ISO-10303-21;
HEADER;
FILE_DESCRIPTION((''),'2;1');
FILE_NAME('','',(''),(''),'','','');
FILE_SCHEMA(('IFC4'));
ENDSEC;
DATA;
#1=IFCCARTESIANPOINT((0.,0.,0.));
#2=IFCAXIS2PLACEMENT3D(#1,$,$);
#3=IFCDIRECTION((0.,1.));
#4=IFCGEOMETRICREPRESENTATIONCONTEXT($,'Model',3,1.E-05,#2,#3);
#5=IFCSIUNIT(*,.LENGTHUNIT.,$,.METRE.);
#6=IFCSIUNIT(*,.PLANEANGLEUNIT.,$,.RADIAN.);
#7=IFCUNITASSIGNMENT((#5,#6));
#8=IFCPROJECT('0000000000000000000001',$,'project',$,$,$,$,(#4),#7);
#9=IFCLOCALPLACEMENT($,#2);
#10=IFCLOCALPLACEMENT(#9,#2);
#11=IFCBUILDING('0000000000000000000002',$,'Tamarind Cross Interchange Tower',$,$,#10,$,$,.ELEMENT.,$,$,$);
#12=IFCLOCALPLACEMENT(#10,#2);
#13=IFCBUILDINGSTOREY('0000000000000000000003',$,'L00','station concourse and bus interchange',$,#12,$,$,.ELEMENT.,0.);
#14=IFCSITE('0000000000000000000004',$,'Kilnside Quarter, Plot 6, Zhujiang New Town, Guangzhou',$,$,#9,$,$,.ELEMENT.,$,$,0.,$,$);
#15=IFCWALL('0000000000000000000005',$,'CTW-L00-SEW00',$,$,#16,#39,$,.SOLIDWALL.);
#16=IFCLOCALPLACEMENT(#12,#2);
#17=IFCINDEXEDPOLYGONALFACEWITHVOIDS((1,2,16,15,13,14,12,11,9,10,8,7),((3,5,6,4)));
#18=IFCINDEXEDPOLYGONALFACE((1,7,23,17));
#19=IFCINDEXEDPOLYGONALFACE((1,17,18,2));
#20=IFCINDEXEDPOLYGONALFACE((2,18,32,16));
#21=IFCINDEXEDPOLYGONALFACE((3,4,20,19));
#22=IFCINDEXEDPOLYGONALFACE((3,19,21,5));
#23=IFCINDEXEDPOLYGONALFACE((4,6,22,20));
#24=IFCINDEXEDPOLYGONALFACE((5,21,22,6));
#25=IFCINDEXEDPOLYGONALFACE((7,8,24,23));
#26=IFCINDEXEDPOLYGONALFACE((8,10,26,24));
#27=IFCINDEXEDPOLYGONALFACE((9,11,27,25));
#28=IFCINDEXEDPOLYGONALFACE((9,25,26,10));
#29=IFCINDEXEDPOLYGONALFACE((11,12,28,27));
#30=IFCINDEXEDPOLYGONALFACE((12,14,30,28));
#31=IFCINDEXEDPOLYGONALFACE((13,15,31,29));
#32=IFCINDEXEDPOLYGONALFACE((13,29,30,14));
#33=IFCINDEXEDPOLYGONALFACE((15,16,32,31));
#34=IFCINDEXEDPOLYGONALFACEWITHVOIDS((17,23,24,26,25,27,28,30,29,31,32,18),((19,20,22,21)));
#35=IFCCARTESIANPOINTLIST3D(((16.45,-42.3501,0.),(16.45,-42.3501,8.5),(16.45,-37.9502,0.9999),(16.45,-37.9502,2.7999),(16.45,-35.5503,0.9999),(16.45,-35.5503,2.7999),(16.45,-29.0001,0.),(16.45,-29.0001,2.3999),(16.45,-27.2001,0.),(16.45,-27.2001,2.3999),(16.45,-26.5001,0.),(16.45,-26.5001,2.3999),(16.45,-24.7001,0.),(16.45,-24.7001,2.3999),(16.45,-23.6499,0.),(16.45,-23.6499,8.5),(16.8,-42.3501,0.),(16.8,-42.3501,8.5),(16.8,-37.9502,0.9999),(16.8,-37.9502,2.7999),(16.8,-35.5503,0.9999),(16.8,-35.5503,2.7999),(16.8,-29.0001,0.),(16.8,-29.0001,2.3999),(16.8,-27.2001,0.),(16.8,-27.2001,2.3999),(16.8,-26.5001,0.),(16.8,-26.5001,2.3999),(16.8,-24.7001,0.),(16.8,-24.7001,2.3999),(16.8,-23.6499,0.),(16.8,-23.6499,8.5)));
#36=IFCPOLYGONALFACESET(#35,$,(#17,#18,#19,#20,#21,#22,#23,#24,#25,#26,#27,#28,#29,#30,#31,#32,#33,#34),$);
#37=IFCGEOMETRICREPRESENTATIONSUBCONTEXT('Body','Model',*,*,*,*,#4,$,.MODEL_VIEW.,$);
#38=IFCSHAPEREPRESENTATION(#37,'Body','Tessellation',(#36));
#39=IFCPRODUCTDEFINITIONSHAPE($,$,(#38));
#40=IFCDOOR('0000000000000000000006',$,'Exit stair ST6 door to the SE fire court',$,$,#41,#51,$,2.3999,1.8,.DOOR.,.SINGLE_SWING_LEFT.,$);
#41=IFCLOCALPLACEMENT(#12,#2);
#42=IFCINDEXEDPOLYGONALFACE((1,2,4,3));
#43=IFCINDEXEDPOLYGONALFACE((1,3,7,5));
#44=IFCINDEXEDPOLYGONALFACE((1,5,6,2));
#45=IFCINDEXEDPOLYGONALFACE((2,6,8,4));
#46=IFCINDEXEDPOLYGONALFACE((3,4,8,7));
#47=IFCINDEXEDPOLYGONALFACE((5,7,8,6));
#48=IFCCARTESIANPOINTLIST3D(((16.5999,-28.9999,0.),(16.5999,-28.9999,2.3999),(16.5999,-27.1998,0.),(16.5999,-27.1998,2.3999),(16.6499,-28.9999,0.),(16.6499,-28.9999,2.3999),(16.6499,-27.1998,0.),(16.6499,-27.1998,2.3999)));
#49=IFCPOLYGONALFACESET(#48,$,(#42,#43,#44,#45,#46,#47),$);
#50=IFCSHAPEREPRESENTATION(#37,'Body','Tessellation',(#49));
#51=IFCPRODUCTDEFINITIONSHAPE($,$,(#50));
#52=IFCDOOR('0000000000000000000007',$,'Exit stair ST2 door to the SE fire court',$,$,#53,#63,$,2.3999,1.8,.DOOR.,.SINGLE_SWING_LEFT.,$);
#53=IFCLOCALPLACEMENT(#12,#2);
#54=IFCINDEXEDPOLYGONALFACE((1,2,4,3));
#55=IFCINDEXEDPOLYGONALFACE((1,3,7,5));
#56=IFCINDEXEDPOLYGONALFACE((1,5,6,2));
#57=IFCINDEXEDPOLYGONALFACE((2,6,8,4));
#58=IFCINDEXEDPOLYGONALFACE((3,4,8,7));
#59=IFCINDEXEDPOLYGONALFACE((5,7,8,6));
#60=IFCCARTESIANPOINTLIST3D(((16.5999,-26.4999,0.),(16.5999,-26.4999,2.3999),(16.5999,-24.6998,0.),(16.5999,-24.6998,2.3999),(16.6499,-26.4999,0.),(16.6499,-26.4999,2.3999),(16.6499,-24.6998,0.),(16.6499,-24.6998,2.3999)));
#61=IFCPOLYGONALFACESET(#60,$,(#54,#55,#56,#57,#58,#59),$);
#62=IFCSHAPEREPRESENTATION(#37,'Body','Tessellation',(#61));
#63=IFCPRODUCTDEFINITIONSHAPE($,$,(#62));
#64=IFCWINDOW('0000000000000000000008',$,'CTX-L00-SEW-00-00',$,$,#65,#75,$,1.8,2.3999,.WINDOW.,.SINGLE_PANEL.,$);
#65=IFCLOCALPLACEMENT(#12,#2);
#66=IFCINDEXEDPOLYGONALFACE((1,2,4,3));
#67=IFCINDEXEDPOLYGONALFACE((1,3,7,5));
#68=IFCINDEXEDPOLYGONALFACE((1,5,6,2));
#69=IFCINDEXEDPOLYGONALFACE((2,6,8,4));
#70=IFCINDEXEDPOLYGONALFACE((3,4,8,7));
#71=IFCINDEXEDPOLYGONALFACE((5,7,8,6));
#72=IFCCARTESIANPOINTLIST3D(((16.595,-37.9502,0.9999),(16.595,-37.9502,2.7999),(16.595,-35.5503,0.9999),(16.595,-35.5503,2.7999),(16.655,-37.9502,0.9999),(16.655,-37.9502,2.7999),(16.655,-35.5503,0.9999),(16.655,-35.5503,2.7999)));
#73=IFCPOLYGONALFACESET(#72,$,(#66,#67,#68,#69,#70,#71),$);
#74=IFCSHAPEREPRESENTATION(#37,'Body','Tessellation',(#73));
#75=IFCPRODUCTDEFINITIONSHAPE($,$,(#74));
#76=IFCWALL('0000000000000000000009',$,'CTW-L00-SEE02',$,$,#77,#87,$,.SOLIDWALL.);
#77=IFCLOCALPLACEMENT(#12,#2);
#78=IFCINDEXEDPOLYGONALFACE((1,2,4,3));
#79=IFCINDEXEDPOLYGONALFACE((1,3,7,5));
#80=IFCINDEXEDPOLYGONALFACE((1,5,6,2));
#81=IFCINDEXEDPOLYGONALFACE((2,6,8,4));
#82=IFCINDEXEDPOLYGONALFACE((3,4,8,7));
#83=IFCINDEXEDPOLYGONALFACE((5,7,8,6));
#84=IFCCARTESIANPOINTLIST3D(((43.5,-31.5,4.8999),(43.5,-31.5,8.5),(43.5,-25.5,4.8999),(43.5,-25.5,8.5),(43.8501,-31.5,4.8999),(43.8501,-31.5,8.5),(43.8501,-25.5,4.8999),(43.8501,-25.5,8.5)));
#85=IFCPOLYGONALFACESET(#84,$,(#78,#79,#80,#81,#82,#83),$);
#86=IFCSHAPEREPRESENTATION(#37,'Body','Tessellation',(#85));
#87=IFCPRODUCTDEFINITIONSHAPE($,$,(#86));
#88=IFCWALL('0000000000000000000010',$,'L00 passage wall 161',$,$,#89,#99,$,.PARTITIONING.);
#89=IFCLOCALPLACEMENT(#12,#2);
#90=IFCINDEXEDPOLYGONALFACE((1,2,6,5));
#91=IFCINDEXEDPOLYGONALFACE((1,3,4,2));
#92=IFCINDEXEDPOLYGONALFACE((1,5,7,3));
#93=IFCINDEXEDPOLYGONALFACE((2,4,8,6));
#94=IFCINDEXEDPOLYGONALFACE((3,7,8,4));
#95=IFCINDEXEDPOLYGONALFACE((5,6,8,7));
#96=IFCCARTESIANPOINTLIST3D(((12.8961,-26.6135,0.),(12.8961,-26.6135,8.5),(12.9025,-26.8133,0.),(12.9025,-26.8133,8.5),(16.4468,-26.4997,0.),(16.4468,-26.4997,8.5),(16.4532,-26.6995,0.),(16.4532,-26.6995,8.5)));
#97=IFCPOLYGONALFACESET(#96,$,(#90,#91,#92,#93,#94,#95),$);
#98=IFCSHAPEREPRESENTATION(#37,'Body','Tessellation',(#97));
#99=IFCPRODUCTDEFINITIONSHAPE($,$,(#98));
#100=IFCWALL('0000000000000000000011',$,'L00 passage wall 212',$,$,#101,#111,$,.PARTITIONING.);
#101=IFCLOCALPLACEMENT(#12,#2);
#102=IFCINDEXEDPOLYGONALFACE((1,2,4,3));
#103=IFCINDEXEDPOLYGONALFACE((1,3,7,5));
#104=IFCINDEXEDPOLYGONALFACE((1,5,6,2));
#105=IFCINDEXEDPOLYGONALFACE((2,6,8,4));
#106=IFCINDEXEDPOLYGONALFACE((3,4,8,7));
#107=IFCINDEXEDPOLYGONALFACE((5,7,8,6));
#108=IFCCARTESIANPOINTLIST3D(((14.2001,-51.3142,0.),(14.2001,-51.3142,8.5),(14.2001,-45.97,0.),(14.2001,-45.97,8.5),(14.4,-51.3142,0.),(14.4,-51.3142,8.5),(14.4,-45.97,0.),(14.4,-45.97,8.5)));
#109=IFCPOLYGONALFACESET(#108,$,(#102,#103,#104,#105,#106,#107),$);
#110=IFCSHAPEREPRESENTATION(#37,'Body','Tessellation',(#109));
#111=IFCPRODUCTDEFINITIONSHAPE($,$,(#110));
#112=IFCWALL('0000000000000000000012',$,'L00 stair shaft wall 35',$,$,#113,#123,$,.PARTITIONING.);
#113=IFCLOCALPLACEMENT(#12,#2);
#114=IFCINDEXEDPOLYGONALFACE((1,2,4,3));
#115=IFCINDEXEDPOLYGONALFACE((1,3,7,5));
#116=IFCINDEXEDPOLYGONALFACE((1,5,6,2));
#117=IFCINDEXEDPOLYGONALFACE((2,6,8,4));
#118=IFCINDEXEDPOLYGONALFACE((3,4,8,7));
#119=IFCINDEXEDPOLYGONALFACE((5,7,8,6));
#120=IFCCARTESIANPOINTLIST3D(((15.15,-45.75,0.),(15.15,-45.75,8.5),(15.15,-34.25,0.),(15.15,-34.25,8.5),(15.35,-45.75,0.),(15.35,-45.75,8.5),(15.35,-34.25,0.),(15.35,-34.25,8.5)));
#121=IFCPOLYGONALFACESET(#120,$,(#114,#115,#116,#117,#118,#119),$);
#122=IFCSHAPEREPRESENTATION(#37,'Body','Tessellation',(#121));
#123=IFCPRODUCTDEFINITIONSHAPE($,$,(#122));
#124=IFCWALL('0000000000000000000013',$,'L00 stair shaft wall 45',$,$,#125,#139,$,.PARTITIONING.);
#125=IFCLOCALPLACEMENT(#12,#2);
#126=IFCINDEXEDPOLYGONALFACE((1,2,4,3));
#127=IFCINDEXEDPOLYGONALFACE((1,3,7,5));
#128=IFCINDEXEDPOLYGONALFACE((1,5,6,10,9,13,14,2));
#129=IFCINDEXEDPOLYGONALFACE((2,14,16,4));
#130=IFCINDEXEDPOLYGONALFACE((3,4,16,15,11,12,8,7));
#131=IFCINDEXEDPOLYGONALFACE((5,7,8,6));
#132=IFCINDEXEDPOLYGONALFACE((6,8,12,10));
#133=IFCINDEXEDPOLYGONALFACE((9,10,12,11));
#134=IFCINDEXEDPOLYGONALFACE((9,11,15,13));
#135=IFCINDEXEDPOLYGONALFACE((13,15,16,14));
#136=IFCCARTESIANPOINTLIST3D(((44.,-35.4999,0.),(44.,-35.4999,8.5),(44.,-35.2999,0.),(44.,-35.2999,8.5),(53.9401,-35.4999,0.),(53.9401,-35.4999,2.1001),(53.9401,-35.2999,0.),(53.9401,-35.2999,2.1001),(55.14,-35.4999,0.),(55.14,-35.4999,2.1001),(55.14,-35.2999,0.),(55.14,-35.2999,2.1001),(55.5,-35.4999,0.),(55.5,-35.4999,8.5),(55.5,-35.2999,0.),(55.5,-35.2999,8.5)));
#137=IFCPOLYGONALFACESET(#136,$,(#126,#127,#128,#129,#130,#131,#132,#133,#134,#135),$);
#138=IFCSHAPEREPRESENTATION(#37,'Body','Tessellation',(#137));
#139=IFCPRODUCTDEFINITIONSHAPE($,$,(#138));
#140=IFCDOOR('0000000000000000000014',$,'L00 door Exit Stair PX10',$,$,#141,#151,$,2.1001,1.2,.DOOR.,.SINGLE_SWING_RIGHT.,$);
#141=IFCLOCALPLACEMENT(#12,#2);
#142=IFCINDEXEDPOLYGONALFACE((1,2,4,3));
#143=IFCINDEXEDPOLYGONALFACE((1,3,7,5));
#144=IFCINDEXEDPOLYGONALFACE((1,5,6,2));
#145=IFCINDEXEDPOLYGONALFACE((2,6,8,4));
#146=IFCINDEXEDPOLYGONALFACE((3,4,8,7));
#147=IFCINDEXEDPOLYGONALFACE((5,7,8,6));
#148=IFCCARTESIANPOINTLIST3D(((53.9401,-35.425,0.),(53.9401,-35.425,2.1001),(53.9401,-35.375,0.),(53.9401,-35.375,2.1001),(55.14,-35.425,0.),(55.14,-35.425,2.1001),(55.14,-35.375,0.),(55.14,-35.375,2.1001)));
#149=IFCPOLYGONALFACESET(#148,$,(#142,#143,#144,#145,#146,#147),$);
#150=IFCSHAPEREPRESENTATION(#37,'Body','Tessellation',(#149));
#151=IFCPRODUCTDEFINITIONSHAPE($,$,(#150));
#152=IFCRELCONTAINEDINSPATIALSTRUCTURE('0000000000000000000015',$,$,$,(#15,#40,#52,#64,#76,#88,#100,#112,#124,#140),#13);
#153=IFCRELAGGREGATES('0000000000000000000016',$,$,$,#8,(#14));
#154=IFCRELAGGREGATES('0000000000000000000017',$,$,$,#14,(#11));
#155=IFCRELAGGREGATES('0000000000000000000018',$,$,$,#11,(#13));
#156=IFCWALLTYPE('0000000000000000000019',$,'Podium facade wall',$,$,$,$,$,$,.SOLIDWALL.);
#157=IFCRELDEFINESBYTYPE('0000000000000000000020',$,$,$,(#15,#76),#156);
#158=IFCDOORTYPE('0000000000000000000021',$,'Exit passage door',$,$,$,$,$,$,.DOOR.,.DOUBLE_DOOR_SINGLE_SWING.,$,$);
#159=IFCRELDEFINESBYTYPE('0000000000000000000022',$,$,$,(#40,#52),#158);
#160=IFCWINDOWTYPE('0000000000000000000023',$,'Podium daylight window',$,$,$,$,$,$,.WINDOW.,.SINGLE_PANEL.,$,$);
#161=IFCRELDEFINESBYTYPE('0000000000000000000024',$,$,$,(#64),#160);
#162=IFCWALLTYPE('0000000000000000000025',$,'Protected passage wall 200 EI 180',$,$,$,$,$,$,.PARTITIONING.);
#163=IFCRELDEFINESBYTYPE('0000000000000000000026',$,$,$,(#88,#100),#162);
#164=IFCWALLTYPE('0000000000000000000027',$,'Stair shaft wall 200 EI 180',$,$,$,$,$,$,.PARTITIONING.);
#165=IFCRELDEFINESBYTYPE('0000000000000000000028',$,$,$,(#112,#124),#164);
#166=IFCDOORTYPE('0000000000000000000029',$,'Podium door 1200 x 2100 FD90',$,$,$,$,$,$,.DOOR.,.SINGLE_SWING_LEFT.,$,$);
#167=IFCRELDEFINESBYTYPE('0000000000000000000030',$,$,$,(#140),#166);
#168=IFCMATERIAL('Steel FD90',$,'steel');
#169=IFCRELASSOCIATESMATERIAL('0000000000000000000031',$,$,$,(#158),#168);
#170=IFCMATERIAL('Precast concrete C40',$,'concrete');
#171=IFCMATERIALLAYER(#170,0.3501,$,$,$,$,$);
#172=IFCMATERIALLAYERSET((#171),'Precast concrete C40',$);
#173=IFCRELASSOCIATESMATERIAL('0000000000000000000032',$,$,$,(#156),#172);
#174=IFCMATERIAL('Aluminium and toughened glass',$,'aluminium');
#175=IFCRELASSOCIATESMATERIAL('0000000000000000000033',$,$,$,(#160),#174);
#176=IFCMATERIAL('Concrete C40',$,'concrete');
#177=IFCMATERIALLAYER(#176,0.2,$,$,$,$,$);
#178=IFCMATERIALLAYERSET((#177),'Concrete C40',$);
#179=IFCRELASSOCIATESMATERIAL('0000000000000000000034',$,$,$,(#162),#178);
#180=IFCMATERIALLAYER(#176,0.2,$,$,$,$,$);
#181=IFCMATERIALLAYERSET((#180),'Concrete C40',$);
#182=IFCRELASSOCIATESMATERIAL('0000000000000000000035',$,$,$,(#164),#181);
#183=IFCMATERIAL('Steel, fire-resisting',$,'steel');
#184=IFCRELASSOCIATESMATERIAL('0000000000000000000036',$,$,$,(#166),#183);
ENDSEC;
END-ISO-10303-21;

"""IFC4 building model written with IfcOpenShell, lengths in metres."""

from ifc_helpers import new_model, si_unit, direction, frame, frame_2d, origin, place, context, subcontext, project, spatial, rectangle, extrude, material, layer, layer_set, type_object, element, fill, save


model = new_model("IFC4")

# Units and contexts
model_context = context("Model", 3, precision=1e-05, world=origin(), true_north=direction((0.0, 1.0)))
body_context = subcontext(model_context, "Body", "Model", "MODEL_VIEW")
ifc_project = project(units=[si_unit("LENGTHUNIT", "METRE"), si_unit("PLANEANGLEUNIT", "RADIAN")], contexts=[model_context])

# Site, building, storey
site_placement = place(None, origin())
site = spatial("IfcSite", under=ifc_project, at=site_placement, Name="Kilnside Quarter, Plot 6, Zhujiang New Town, Guangzhou", CompositionType="ELEMENT", RefElevation=0.0)
building_placement = place(site_placement, origin())
building = spatial("IfcBuilding", under=site, at=building_placement, Name="Tamarind Cross Interchange Tower", CompositionType="ELEMENT")
storey_placement = place(building_placement, origin())
storey = spatial("IfcBuildingStorey", under=building, at=storey_placement, Name="L00", Description="station concourse and bus interchange", CompositionType="ELEMENT", Elevation=0.0)

# Shared definitions
ifc_material_1 = material(Name="Precast concrete C40", Category="concrete")
ifc_material_2 = material(Name="Steel FD90", Category="steel")
door_type_1 = type_object("IfcDoorType", Name="Exit passage door", OperationType="DOUBLE_DOOR_SINGLE_SWING", PredefinedType="DOOR", material=ifc_material_2)

# Shared definitions
ifc_material_3 = material(Name="Steel, fire-resisting", Category="steel")

# Shared definitions
ifc_layer_1 = layer(ifc_material_1, 0.3501)
ifc_layer_set_1 = layer_set([ifc_layer_1], Name="Precast concrete C40")
wall_type_1 = type_object("IfcWallType", Name="Podium facade wall", PredefinedType="SOLIDWALL", material=ifc_layer_set_1)
ifc_material_4 = material(Name="Aluminium and toughened glass", Category="aluminium")
window_type = type_object("IfcWindowType", Name="Podium daylight window", PartitioningType="SINGLE_PANEL", PredefinedType="WINDOW", material=ifc_material_4)

# Wall, openings, doors, window
wall_1_placement = place(storey_placement, frame((16.625, -42.3501, 0.0), z_axis=(0.0, 0.0, 1.0), x_axis=(0.0, 1.0, 0.0)))
wall_1 = element("IfcWall", 1, at=wall_1_placement, inside=storey, type_object=wall_type_1, Name="CTW-L00-SEW00", PredefinedType="SOLIDWALL", context=body_context, shape_type="SweptSolid", body=[
    extrude(rectangle(XDim=18.7002, YDim=0.3501, at=frame_2d((9.3501, 0.0))), origin(), (0.0, 0.0, 1.0), 8.5),
])
opening_1_placement = place(wall_1_placement, frame((13.3501, 0.0, 0.0)))
opening_1 = element("IfcOpeningElement", 2, at=opening_1_placement, cuts=wall_1, PredefinedType="OPENING", context=body_context, shape_type="SweptSolid", body=[
    extrude(rectangle(XDim=1.8, YDim=2.3999, at=frame_2d((0.8999, 1.2))), frame((0.0, 0.1851, 0.0), z_axis=(0.0, -1.0, 0.0), x_axis=(1.0, 0.0, 0.0)), (0.0, 0.0, 1.0), 0.3701),
])
opening_2_placement = place(wall_1_placement, frame((15.8501, 0.0, 0.0)))
opening_2 = element("IfcOpeningElement", 3, at=opening_2_placement, cuts=wall_1, PredefinedType="OPENING", context=body_context, shape_type="SweptSolid", body=[
    extrude(rectangle(XDim=1.8, YDim=2.3999, at=frame_2d((0.8999, 1.2))), frame((0.0, 0.1851, 0.0), z_axis=(0.0, -1.0, 0.0), x_axis=(1.0, 0.0, 0.0)), (0.0, 0.0, 1.0), 0.3701),
])
opening_3_placement = place(wall_1_placement, frame((4.3999, 0.0, 1.0)))
opening_3 = element("IfcOpeningElement", 4, at=opening_3_placement, cuts=wall_1, PredefinedType="OPENING", context=body_context, shape_type="SweptSolid", body=[
    extrude(rectangle(XDim=2.3999, YDim=1.8, at=frame_2d((1.2, 0.8999))), frame((0.0, 0.1851, 0.0), z_axis=(0.0, -1.0, 0.0), x_axis=(1.0, 0.0, 0.0)), (0.0, 0.0, 1.0), 0.3701),
])
door_1_placement = place(opening_1_placement, frame((1.8, 0.0, 0.0), z_axis=(0.0, 0.0, 1.0), x_axis=(-1.0, 0.0, 0.0)))
door_1 = element("IfcDoor", 5, at=door_1_placement, inside=storey, type_object=door_type_1, Name="Exit stair ST6 door to the SE fire court", OperationType="SINGLE_SWING_LEFT", OverallHeight=2.3999, OverallWidth=1.8, PredefinedType="DOOR", context=body_context, shape_type="SweptSolid", body=[
    extrude(rectangle(XDim=1.8, YDim=2.3999, at=frame_2d((0.8999, 1.2))), frame((0.0, 0.0249, 0.0), z_axis=(0.0, -1.0, 0.0), x_axis=(1.0, 0.0, 0.0)), (0.0, 0.0, 1.0), 0.05),
])
fill(opening_1, door_1)
door_2_placement = place(opening_2_placement, frame((1.8, 0.0, 0.0), z_axis=(0.0, 0.0, 1.0), x_axis=(-1.0, 0.0, 0.0)))
door_2 = element("IfcDoor", 6, at=door_2_placement, inside=storey, type_object=door_type_1, Name="Exit stair ST2 door to the SE fire court", OperationType="SINGLE_SWING_LEFT", OverallHeight=2.3999, OverallWidth=1.8, PredefinedType="DOOR", context=body_context, shape_type="SweptSolid", body=[
    extrude(rectangle(XDim=1.8, YDim=2.3999, at=frame_2d((0.8999, 1.2))), frame((0.0, 0.0249, 0.0), z_axis=(0.0, -1.0, 0.0), x_axis=(1.0, 0.0, 0.0)), (0.0, 0.0, 1.0), 0.05),
])
fill(opening_2, door_2)
window_1_placement = place(opening_3_placement, origin())
window_1 = element("IfcWindow", 7, at=window_1_placement, inside=storey, type_object=window_type, Name="CTX-L00-SEW-00-00", OverallHeight=1.8, OverallWidth=2.3999, PartitioningType="SINGLE_PANEL", PredefinedType="WINDOW", context=body_context, shape_type="SweptSolid", body=[
    extrude(rectangle(XDim=2.3999, YDim=1.8, at=frame_2d((1.2, 0.8999))), frame((0.0, 0.03, 0.0), z_axis=(0.0, -1.0, 0.0), x_axis=(1.0, 0.0, 0.0)), (0.0, 0.0, 1.0), 0.0601),
])
fill(opening_3, window_1)

# Walls
wall_2_placement = place(storey_placement, frame((43.675, -31.5, 4.8999), z_axis=(0.0, 0.0, 1.0), x_axis=(0.0, 1.0, 0.0)))
element("IfcWall", 8, at=wall_2_placement, inside=storey, type_object=wall_type_1, Name="CTW-L00-SEE02", PredefinedType="SOLIDWALL", context=body_context, shape_type="SweptSolid", body=[
    extrude(rectangle(XDim=6.0, YDim=0.3501, at=frame_2d((3.0, 0.0))), origin(), (0.0, 0.0, 1.0), 3.6001),
])
ifc_material_5 = material(Name="Concrete C40", Category="concrete")
ifc_layer_2 = layer(ifc_material_5, 0.2)
ifc_layer_set_2 = layer_set([ifc_layer_2], Name="Concrete C40")
wall_type_2 = type_object("IfcWallType", Name="Protected passage wall 200 EI 180", PredefinedType="PARTITIONING", material=ifc_layer_set_2)
wall_3_placement = place(storey_placement, frame((12.8992, -26.7134, 0.0), z_axis=(0.0, 0.0, 1.0), x_axis=(0.999487, 0.032024, 0.0)))
element("IfcWall", 9, at=wall_3_placement, inside=storey, type_object=wall_type_2, Name="L00 passage wall 161", PredefinedType="PARTITIONING", context=body_context, shape_type="SweptSolid", body=[
    extrude(rectangle(XDim=3.5525, YDim=0.2, at=frame_2d((1.7764, 0.0))), origin(), (0.0, 0.0, 1.0), 8.5),
])
wall_4_placement = place(storey_placement, frame((14.3, -45.97, 0.0), z_axis=(0.0, 0.0, 1.0), x_axis=(0.0, -1.0, 0.0)))
element("IfcWall", 10, at=wall_4_placement, inside=storey, type_object=wall_type_2, Name="L00 passage wall 212", PredefinedType="PARTITIONING", context=body_context, shape_type="SweptSolid", body=[
    extrude(rectangle(XDim=5.3442, YDim=0.2, at=frame_2d((2.6721, 0.0))), origin(), (0.0, 0.0, 1.0), 8.5),
])
ifc_layer_3 = layer(ifc_material_5, 0.2)
ifc_layer_set_3 = layer_set([ifc_layer_3], Name="Concrete C40")
wall_type_3 = type_object("IfcWallType", Name="Stair shaft wall 200 EI 180", PredefinedType="PARTITIONING", material=ifc_layer_set_3)
wall_5_placement = place(storey_placement, frame((15.25, -45.75, 0.0), z_axis=(0.0, 0.0, 1.0), x_axis=(0.0, 1.0, 0.0)))
element("IfcWall", 11, at=wall_5_placement, inside=storey, type_object=wall_type_3, Name="L00 stair shaft wall 35", PredefinedType="PARTITIONING", context=body_context, shape_type="SweptSolid", body=[
    extrude(rectangle(XDim=11.5, YDim=0.2, at=frame_2d((5.75, 0.0))), origin(), (0.0, 0.0, 1.0), 8.5),
])

# Wall, opening, door
wall_6_placement = place(storey_placement, frame((44.0, -35.3999, 0.0), z_axis=(0.0, 0.0, 1.0), x_axis=(1.0, 0.0, 0.0)))
wall_6 = element("IfcWall", 12, at=wall_6_placement, inside=storey, type_object=wall_type_3, Name="L00 stair shaft wall 45", PredefinedType="PARTITIONING", context=body_context, shape_type="SweptSolid", body=[
    extrude(rectangle(XDim=11.5, YDim=0.2, at=frame_2d((5.75, 0.0))), origin(), (0.0, 0.0, 1.0), 8.5),
])
opening_4_placement = place(wall_6_placement, frame((9.9399, 0.0, 0.0)))
opening_4 = element("IfcOpeningElement", 13, at=opening_4_placement, cuts=wall_6, PredefinedType="OPENING", context=body_context, shape_type="SweptSolid", body=[
    extrude(rectangle(XDim=1.2, YDim=2.1001, at=frame_2d((0.6001, 1.05))), frame((0.0, 0.1099, 0.0), z_axis=(0.0, -1.0, 0.0), x_axis=(1.0, 0.0, 0.0)), (0.0, 0.0, 1.0), 0.22),
])
door_type_2 = type_object("IfcDoorType", Name="Podium door 1200 x 2100 FD90", OperationType="SINGLE_SWING_LEFT", PredefinedType="DOOR", material=ifc_material_3)
door_3_placement = place(opening_4_placement, origin())
door_3 = element("IfcDoor", 14, at=door_3_placement, inside=storey, type_object=door_type_2, Name="L00 door Exit Stair PX10", OperationType="SINGLE_SWING_RIGHT", OverallHeight=2.1001, OverallWidth=1.2, PredefinedType="DOOR", context=body_context, shape_type="SweptSolid", body=[
    extrude(rectangle(XDim=1.2, YDim=2.1001, at=frame_2d((0.6001, 1.05))), frame((0.0, 0.0249, 0.0), z_axis=(0.0, -1.0, 0.0), x_axis=(1.0, 0.0, 0.0)), (0.0, 0.0, 1.0), 0.05),
])
fill(opening_4, door_3)

save(model, "model.ifc")
